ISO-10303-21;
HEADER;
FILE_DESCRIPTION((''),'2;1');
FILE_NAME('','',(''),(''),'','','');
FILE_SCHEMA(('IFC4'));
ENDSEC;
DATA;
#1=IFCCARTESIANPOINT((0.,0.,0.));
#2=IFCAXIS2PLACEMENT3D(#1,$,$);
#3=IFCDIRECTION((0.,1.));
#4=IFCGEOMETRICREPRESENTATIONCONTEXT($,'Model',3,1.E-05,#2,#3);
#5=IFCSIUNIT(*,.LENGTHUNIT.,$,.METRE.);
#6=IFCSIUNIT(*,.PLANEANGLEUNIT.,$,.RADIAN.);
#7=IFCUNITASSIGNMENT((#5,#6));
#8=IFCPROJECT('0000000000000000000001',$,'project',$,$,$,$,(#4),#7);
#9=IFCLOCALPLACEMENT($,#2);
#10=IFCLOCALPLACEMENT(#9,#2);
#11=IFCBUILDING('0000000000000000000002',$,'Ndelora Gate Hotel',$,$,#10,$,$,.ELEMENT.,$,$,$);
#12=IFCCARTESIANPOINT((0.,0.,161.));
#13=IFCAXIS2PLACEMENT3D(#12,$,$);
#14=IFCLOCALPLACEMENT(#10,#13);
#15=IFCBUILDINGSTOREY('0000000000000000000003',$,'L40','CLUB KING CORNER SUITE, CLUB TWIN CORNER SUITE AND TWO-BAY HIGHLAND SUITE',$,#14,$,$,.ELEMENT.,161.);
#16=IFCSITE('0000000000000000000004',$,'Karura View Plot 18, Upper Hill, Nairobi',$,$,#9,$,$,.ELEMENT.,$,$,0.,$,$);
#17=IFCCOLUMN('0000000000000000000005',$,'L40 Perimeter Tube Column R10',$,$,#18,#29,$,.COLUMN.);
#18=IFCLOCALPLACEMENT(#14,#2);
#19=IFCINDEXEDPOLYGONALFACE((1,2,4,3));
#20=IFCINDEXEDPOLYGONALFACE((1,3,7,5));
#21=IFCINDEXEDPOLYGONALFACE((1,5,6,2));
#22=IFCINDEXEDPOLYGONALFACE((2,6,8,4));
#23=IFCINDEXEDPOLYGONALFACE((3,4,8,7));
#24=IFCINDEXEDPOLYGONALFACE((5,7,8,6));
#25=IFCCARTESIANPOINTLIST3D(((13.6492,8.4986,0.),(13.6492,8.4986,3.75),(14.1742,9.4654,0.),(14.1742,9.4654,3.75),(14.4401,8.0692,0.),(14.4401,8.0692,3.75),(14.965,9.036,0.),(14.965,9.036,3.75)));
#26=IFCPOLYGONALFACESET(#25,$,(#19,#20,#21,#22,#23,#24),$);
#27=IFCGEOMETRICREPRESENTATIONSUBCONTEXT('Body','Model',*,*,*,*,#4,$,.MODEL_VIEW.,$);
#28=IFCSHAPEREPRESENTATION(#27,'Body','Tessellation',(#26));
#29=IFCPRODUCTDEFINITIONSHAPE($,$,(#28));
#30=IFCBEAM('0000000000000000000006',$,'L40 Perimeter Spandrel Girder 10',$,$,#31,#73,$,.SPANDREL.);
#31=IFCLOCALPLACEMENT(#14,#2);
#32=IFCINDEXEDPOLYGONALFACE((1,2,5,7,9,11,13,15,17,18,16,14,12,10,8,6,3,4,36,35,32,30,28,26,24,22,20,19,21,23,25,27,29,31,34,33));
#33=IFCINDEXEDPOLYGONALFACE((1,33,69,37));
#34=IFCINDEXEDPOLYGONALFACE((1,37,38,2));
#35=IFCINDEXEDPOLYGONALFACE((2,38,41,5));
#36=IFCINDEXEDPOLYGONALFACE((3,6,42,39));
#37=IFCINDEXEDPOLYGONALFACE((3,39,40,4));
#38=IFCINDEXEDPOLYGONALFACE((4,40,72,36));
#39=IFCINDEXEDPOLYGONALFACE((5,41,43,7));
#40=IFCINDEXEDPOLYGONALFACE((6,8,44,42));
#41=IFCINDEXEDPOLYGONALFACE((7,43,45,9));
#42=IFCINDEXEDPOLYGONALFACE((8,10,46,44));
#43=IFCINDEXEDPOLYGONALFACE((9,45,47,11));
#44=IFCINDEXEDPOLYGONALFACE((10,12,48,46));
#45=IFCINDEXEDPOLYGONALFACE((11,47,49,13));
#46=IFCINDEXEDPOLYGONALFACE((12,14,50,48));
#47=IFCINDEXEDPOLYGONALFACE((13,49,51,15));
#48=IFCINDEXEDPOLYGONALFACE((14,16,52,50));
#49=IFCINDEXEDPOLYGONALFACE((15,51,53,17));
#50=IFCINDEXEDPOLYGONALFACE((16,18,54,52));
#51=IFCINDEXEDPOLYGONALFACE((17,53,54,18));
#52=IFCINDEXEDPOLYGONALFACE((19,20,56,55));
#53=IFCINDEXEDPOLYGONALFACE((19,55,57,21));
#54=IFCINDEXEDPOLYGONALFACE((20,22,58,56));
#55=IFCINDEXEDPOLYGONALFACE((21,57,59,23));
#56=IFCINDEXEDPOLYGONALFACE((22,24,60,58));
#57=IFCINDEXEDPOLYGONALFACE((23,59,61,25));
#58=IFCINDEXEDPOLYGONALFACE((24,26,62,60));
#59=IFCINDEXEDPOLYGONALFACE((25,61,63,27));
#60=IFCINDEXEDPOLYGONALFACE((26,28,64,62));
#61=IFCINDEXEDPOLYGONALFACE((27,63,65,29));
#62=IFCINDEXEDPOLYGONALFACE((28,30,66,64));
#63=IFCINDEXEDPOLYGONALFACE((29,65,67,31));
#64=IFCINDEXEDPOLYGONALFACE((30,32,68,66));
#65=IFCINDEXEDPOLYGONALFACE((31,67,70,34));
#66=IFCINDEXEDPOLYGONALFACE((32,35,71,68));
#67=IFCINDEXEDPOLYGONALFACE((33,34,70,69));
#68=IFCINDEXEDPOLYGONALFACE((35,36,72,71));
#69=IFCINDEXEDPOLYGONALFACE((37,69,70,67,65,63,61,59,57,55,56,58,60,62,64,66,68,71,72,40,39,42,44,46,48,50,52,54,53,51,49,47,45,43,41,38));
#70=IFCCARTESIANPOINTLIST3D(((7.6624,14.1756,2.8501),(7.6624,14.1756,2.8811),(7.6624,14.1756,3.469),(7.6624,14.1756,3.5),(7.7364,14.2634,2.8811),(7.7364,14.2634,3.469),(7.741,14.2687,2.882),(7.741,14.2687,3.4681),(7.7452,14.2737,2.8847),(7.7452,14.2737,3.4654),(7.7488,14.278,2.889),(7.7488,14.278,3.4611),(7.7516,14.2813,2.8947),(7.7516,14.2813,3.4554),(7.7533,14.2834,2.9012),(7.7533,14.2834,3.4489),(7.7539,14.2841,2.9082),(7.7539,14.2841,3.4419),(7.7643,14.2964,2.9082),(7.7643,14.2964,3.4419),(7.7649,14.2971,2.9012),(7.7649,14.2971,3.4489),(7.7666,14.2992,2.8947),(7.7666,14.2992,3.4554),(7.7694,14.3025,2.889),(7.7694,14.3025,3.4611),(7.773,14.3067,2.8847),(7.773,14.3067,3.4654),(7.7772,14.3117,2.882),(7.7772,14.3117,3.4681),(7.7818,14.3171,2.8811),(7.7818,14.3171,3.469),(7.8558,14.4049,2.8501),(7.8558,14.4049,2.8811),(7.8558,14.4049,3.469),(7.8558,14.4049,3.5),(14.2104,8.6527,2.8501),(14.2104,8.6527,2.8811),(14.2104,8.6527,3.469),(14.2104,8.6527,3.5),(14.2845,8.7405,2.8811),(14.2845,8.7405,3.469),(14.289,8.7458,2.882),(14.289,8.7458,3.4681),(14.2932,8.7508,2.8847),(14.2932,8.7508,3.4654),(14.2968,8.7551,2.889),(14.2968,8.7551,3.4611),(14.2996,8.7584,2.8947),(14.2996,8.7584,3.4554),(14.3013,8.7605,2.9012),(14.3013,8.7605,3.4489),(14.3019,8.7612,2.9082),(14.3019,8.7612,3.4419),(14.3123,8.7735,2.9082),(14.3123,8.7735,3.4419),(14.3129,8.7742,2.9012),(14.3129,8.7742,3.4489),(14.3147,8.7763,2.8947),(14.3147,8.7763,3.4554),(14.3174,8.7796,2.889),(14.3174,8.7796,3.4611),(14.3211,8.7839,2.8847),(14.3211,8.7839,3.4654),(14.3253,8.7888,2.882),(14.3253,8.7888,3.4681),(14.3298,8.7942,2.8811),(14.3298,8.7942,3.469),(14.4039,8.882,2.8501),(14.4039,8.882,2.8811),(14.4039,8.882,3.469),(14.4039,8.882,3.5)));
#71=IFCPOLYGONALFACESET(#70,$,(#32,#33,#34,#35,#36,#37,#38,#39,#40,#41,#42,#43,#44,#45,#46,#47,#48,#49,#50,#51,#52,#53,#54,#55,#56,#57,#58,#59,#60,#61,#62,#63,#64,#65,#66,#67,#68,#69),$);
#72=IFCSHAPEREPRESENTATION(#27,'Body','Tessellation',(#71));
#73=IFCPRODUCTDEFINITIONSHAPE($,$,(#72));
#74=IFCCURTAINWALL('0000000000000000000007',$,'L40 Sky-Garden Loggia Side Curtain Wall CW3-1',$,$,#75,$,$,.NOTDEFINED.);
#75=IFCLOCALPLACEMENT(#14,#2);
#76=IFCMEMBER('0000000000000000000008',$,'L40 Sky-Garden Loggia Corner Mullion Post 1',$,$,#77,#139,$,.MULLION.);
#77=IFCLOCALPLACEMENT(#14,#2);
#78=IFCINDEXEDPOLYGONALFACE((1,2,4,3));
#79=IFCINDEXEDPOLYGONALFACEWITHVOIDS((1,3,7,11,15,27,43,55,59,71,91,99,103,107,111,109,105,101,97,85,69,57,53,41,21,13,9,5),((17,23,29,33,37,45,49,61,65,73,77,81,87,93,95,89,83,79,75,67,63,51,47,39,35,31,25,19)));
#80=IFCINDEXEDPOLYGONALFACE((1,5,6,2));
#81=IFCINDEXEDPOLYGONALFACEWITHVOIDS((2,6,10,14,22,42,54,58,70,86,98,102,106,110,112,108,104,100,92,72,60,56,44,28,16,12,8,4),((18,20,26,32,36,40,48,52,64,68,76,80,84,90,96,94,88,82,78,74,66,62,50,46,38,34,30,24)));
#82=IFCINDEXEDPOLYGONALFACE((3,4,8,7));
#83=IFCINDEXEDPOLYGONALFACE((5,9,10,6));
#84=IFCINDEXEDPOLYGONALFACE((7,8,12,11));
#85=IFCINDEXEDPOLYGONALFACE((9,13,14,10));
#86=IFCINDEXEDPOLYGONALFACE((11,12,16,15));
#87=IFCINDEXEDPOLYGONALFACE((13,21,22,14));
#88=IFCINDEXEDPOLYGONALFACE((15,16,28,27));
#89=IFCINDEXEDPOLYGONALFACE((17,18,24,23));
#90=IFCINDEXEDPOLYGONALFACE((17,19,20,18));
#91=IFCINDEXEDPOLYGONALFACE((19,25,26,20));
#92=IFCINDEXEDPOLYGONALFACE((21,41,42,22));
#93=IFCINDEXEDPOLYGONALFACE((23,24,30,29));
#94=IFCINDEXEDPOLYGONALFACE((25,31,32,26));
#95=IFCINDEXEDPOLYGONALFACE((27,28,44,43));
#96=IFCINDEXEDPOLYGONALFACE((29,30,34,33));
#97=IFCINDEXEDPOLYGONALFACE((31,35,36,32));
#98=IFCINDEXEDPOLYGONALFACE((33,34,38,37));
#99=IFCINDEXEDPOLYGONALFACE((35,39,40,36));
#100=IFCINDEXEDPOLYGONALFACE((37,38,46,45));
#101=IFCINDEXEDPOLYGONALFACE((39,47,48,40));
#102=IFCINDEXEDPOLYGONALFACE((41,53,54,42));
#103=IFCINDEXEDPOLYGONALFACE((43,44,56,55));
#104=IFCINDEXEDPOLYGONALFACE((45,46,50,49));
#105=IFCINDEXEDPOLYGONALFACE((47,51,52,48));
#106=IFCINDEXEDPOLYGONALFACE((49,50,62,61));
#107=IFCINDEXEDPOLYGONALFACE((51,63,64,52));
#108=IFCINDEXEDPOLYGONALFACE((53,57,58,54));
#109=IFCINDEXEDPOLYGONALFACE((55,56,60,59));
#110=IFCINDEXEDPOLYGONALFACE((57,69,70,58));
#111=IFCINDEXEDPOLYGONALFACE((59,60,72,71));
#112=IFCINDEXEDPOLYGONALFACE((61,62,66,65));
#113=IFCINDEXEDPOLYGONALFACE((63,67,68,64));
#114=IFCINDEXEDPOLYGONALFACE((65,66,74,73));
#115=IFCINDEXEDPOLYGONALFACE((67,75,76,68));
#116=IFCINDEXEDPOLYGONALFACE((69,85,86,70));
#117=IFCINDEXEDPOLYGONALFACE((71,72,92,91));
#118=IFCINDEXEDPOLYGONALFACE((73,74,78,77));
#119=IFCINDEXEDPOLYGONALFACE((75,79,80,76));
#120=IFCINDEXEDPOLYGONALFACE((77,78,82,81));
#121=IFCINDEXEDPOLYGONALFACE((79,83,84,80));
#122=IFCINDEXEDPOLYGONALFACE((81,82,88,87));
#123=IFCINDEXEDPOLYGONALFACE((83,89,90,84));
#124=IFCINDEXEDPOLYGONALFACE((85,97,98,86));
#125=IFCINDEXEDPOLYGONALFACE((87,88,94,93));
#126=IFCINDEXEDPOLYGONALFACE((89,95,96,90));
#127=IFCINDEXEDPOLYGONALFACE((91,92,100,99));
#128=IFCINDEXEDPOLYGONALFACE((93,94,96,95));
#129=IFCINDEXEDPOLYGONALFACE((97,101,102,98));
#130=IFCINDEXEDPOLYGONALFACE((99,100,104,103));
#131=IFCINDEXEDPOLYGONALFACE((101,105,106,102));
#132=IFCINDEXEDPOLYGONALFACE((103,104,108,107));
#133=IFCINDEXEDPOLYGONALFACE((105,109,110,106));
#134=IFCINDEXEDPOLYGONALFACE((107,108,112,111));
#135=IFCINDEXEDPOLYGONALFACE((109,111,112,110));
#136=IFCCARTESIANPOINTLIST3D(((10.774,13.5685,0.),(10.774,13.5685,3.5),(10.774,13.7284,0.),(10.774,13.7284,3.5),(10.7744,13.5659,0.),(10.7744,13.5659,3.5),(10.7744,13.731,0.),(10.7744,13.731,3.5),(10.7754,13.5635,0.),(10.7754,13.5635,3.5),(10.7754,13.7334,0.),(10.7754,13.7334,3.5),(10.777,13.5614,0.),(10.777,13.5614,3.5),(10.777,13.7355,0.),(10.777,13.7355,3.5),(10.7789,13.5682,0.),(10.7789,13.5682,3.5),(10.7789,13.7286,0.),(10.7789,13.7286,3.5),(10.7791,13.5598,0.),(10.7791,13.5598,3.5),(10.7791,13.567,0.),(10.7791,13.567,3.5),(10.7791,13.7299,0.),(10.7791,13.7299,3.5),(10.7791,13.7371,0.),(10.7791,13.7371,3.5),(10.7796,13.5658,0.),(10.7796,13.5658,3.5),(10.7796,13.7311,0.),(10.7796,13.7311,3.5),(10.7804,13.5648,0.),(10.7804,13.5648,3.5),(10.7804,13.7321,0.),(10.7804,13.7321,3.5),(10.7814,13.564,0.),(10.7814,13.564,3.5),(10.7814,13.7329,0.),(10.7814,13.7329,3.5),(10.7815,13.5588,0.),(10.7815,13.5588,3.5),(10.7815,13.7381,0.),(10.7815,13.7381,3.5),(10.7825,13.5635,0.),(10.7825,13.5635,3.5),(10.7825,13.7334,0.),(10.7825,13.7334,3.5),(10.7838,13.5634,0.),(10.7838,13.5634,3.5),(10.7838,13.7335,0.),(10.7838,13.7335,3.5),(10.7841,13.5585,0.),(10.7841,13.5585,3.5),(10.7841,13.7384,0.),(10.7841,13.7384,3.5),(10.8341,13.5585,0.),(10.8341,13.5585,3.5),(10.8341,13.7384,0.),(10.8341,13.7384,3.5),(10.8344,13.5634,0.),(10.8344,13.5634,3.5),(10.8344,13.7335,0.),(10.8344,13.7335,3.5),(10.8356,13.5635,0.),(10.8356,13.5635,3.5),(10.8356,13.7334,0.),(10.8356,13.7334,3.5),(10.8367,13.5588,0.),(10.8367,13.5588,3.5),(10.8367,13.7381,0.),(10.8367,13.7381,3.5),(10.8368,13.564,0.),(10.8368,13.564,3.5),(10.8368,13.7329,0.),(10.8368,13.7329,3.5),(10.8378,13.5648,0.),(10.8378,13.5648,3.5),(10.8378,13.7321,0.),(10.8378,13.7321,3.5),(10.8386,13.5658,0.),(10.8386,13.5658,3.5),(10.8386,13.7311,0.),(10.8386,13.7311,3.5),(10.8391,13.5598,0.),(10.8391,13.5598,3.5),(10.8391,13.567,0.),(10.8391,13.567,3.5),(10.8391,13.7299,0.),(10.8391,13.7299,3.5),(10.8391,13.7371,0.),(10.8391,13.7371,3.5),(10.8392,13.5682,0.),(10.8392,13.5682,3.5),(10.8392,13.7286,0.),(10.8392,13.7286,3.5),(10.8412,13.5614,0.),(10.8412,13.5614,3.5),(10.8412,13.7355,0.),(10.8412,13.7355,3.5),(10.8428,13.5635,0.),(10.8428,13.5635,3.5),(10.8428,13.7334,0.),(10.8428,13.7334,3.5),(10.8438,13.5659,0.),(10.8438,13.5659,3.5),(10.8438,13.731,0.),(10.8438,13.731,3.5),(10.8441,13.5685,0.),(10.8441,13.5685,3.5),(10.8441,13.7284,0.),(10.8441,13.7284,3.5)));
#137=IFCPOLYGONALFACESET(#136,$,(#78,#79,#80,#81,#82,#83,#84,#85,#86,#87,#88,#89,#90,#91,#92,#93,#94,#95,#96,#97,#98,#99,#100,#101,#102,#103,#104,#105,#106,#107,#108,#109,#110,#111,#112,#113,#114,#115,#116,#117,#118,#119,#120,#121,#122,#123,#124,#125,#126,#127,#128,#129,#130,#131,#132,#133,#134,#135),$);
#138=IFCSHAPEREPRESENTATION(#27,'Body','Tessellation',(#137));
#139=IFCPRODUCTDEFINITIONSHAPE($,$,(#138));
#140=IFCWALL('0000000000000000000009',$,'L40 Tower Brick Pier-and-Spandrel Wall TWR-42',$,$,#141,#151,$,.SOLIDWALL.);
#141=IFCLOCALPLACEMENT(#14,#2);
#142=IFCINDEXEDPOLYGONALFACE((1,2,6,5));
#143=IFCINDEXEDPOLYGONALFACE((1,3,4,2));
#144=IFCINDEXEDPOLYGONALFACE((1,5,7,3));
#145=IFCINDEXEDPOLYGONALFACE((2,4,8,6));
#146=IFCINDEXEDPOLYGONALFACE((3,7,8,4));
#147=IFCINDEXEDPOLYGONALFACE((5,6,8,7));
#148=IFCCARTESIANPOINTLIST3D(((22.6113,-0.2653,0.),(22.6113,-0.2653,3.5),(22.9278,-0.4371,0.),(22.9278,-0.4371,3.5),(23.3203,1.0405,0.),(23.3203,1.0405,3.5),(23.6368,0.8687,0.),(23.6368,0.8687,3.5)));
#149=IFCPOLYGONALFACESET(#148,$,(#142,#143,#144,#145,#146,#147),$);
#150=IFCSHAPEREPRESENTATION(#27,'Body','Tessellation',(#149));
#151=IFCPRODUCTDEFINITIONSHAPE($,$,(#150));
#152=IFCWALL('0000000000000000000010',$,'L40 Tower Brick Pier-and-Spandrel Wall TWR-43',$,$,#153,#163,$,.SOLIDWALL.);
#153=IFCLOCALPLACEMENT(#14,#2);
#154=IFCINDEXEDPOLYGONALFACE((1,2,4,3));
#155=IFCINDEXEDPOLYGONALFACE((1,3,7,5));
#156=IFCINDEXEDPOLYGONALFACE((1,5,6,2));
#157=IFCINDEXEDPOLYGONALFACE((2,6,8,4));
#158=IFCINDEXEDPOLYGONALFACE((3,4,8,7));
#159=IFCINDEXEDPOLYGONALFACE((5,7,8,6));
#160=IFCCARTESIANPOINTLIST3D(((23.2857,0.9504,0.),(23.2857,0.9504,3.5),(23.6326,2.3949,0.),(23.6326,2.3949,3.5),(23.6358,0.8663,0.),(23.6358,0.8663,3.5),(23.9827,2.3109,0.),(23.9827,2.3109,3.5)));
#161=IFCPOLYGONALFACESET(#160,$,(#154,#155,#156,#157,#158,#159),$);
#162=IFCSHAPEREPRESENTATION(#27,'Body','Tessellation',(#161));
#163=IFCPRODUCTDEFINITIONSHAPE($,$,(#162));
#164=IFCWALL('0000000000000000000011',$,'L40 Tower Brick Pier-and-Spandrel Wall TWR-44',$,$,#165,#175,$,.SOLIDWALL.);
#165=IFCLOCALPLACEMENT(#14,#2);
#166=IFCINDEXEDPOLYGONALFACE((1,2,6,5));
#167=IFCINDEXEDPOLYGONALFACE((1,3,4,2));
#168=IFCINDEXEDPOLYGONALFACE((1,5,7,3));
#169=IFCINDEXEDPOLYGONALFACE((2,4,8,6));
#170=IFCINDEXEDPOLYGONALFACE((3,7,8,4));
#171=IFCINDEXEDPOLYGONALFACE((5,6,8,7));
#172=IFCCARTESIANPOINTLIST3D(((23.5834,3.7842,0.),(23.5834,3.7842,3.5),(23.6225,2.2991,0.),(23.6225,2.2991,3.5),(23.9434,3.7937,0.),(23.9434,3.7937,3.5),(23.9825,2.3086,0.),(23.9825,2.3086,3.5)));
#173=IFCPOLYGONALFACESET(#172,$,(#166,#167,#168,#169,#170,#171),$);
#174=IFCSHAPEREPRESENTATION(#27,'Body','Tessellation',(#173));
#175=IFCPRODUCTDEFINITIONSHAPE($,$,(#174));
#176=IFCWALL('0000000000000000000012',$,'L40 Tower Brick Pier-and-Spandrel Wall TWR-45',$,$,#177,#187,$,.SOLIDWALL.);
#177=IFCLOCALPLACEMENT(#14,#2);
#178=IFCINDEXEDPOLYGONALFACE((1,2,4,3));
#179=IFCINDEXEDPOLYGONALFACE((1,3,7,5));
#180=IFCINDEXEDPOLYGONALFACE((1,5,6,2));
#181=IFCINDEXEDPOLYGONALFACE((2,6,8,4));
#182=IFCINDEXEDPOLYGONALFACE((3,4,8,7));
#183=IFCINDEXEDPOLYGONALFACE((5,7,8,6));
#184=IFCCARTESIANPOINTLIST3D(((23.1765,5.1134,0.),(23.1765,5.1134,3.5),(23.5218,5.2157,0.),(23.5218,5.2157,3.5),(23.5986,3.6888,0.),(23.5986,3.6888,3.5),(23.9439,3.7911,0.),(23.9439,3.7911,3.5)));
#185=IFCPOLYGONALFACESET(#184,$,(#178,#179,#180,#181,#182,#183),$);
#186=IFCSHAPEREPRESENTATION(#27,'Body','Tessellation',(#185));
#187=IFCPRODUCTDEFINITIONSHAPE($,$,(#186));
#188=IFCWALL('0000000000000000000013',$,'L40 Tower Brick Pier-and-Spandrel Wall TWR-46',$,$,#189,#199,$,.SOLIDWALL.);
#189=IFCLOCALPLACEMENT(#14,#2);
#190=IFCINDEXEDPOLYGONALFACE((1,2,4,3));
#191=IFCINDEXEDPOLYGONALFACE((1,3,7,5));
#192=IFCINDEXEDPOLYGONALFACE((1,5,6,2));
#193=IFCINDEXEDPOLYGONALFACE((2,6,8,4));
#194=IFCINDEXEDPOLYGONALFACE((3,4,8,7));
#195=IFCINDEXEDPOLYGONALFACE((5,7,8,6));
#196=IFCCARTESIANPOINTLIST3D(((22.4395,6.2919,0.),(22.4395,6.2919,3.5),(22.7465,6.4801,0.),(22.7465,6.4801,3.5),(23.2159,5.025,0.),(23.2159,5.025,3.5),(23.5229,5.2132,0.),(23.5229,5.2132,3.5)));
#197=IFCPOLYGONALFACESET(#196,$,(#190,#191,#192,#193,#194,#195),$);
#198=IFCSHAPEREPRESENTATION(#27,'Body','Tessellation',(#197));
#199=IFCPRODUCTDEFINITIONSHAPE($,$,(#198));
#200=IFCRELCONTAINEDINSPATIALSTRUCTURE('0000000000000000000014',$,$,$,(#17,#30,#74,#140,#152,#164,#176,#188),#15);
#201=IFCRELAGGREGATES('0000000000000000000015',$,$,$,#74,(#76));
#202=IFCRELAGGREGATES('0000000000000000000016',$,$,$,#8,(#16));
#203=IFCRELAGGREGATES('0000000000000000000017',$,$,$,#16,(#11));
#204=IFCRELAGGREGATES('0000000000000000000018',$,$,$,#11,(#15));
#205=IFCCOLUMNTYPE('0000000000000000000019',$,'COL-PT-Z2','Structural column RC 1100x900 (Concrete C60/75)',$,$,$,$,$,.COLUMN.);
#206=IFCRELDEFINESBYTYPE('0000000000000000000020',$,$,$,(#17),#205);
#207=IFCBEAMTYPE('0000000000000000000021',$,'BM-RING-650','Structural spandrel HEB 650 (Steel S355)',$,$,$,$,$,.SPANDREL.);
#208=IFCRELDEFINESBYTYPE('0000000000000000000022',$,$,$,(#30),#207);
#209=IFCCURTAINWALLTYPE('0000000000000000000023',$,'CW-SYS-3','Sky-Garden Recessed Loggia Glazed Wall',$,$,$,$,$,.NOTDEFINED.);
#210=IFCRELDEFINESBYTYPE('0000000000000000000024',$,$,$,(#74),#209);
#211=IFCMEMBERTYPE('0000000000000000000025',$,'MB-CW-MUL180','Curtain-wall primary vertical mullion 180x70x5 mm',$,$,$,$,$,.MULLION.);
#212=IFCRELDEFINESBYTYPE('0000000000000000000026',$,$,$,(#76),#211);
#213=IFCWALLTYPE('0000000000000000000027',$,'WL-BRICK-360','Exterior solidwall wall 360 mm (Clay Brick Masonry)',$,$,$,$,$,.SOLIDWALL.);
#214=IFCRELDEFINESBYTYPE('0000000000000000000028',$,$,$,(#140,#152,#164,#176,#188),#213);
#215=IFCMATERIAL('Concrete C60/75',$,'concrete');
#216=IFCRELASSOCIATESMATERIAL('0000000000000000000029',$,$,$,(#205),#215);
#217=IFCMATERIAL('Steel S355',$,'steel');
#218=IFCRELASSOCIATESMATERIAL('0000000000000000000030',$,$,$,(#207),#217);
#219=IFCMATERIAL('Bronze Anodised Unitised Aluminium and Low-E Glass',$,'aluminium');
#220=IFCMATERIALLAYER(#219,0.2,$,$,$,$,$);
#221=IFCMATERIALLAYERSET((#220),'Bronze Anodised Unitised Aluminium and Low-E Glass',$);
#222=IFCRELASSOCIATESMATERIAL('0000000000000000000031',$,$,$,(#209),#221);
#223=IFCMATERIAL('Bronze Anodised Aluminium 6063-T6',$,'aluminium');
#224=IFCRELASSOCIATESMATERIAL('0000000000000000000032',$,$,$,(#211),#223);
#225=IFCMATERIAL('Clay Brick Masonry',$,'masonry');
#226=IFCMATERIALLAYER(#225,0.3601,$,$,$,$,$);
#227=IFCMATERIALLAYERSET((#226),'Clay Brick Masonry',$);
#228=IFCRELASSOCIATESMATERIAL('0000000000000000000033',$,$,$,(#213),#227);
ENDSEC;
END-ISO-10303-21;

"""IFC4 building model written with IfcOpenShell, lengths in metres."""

from ifc_helpers import new_model, si_unit, direction, frame, frame_2d, origin, origin_2d, place, context, subcontext, project, spatial, rectangle, hollow_rectangle, i_section, extrude, material, layer, layer_set, material_profile, profile_set, type_object, element, aggregate, save


model = new_model("IFC4")

# Units and contexts
model_context = context("Model", 3, precision=1e-05, world=origin(), true_north=direction((0.0, 1.0)))
body_context = subcontext(model_context, "Body", "Model", "MODEL_VIEW")
ifc_project = project(units=[si_unit("LENGTHUNIT", "METRE"), si_unit("PLANEANGLEUNIT", "RADIAN")], contexts=[model_context])

# Site, building, storey
site_placement = place(None, origin())
site = spatial("IfcSite", under=ifc_project, at=site_placement, Name="Karura View Plot 18, Upper Hill, Nairobi", CompositionType="ELEMENT", RefElevation=0.0)
building_placement = place(site_placement, origin())
building = spatial("IfcBuilding", under=site, at=building_placement, Name="Ndelora Gate Hotel", CompositionType="ELEMENT")
storey_placement = place(building_placement, frame((0.0, 0.0, 161.0)))
storey = spatial("IfcBuildingStorey", under=building, at=storey_placement, Name="L40", Description="CLUB KING CORNER SUITE, CLUB TWIN CORNER SUITE AND TWO-BAY HIGHLAND SUITE", CompositionType="ELEMENT", Elevation=161.0)

# Column
ifc_material_1 = material(Name="Concrete C60/75", Category="concrete")
ifc_material_profile_1 = material_profile(ifc_material_1, rectangle(XDim=0.8999, YDim=1.1001, at=origin_2d()), Name="RC 1100x900")
ifc_profile_set_1 = profile_set([ifc_material_profile_1], Name="Concrete C60/75")
column_type = type_object("IfcColumnType", Name="COL-PT-Z2", Description="Structural column RC 1100x900 (Concrete C60/75)", PredefinedType="COLUMN", material=ifc_profile_set_1)
column_placement = place(storey_placement, frame((14.3071, 8.7673, 0.0), z_axis=(0.0, 0.0, 1.0), x_axis=(-0.878817, 0.477159, 0.0)))
element("IfcColumn", 1, at=column_placement, inside=storey, type_object=column_type, Name="L40 Perimeter Tube Column R10", PredefinedType="COLUMN", context=body_context, shape_type="SweptSolid", body=[
    extrude(rectangle(XDim=0.8999, YDim=1.1001, at=origin_2d()), origin(), (0.0, 0.0, 1.0), 3.75),
])

# Beam
ifc_material_2 = material(Name="Steel S355", Category="steel")
ifc_material_profile_2 = material_profile(ifc_material_2, i_section(OverallWidth=0.3, OverallDepth=0.6499, WebThickness=0.0161, FlangeThickness=0.031, FilletRadius=0.0271, at=origin_2d()), Name="HEB 650")
ifc_profile_set_2 = profile_set([ifc_material_profile_2], Name="Steel S355")
beam_type = type_object("IfcBeamType", Name="BM-RING-650", Description="Structural spandrel HEB 650 (Steel S355)", PredefinedType="SPANDREL", material=ifc_profile_set_2)
beam_placement = place(storey_placement, frame((14.3071, 8.7673, 3.175), z_axis=(-0.764407, 0.644734, 0.0), x_axis=(-0.644734, -0.764407, 0.0)))
element("IfcBeam", 2, at=beam_placement, inside=storey, type_object=beam_type, Name="L40 Perimeter Spandrel Girder 10", PredefinedType="SPANDREL", context=body_context, shape_type="SweptSolid", body=[
    extrude(i_section(OverallWidth=0.3, OverallDepth=0.6499, WebThickness=0.0161, FlangeThickness=0.031, FilletRadius=0.0271, at=origin_2d()), origin(), (0.0, 0.0, 1.0), 8.5662),
])

# Curtain wall, member
ifc_material_3 = material(Name="Bronze Anodised Unitised Aluminium and Low-E Glass", Category="aluminium")
ifc_layer_1 = layer(ifc_material_3, 0.2)
ifc_layer_set_1 = layer_set([ifc_layer_1], Name="Bronze Anodised Unitised Aluminium and Low-E Glass")
curtain_wall_type = type_object("IfcCurtainWallType", Name="CW-SYS-3", Description="Sky-Garden Recessed Loggia Glazed Wall", PredefinedType="NOTDEFINED", material=ifc_layer_set_1)
curtain_wall_placement = place(storey_placement, origin())
curtain_wall = element("IfcCurtainWall", 3, at=curtain_wall_placement, inside=storey, type_object=curtain_wall_type, Name="L40 Sky-Garden Loggia Side Curtain Wall CW3-1", PredefinedType="NOTDEFINED")
ifc_material_4 = material(Name="Bronze Anodised Aluminium 6063-T6", Category="aluminium")
ifc_material_profile_3 = material_profile(ifc_material_4, hollow_rectangle(XDim=0.0701, YDim=0.1799, WallThickness=0.0049, InnerFilletRadius=0.0049, OuterFilletRadius=0.01, at=origin_2d()), Name="ALU 180x70x5")
ifc_profile_set_3 = profile_set([ifc_material_profile_3], Name="Bronze Anodised Aluminium 6063-T6")
member_type = type_object("IfcMemberType", Name="MB-CW-MUL180", Description="Curtain-wall primary vertical mullion 180x70x5 mm", PredefinedType="MULLION", material=ifc_profile_set_3)
member_placement = place(storey_placement, frame((10.8091, 13.6484, 0.0), z_axis=(0.0, 0.0, 1.0), x_axis=(1.0, 0.0, 0.0)))
member = element("IfcMember", 4, at=member_placement, type_object=member_type, Name="L40 Sky-Garden Loggia Corner Mullion Post 1", PredefinedType="MULLION", context=body_context, shape_type="SweptSolid", body=[
    extrude(hollow_rectangle(XDim=0.0701, YDim=0.1799, WallThickness=0.0049, InnerFilletRadius=0.0049, OuterFilletRadius=0.01, at=origin_2d()), origin(), (0.0, 0.0, 1.0), 3.5),
])
aggregate(curtain_wall, [member])

# Walls
ifc_material_5 = material(Name="Clay Brick Masonry", Category="masonry")
ifc_layer_2 = layer(ifc_material_5, 0.3601)
ifc_layer_set_2 = layer_set([ifc_layer_2], Name="Clay Brick Masonry")
wall_type_1 = type_object("IfcWallType", Name="WL-BRICK-360", Description="Exterior solidwall wall 360 mm (Clay Brick Masonry)", PredefinedType="SOLIDWALL", material=ifc_layer_set_2)
wall_1_placement = place(storey_placement, frame((23.4785, 0.9546, 0.0), z_axis=(0.0, 0.0, 1.0), x_axis=(-0.477124, -0.878836, 0.0)))
element("IfcWall", 5, at=wall_1_placement, inside=storey, type_object=wall_type_1, Name="L40 Tower Brick Pier-and-Spandrel Wall TWR-42", PredefinedType="SOLIDWALL", context=body_context, shape_type="SweptSolid", body=[
    extrude(rectangle(XDim=1.4858, YDim=0.3601, at=frame_2d((0.7429, 0.0))), origin(), (0.0, 0.0, 1.0), 3.5),
])
for number, where, z_axis, x_axis, name in (
    (6, (23.8076, 2.3528, 0.0), (0.0, 0.0, 1.0), (-0.233516, -0.972353, 0.0), "L40 Tower Brick Pier-and-Spandrel Wall TWR-43"),
    (7, (23.7634, 3.7888, 0.0), (0.0, 0.0, 1.0), (0.026294, -0.999654, 0.0), "L40 Tower Brick Pier-and-Spandrel Wall TWR-44"),
):
    element("IfcWall", number, at=place(storey_placement, frame(where, z_axis=z_axis, x_axis=x_axis)), inside=storey, type_object=wall_type_1, Name=name, PredefinedType="SOLIDWALL", context=body_context, shape_type="SweptSolid", body=[
        extrude(rectangle(XDim=1.4856, YDim=0.3601, at=frame_2d((0.7427, 0.0))), origin(), (0.0, 0.0, 1.0), 3.5),
    ])
for number, where, z_axis, x_axis, name in (
    (8, (23.3491, 5.1646, 0.0), (0.0, 0.0, 1.0), (0.284105, -0.958793, 0.0), "L40 Tower Brick Pier-and-Spandrel Wall TWR-45"),
    (9, (22.593, 6.386, 0.0), (0.0, 0.0, 1.0), (0.52252, -0.852627, 0.0), "L40 Tower Brick Pier-and-Spandrel Wall TWR-46"),
):
    element("IfcWall", number, at=place(storey_placement, frame(where, z_axis=z_axis, x_axis=x_axis)), inside=storey, type_object=wall_type_1, Name=name, PredefinedType="SOLIDWALL", context=body_context, shape_type="SweptSolid", body=[
        extrude(rectangle(XDim=1.4858, YDim=0.3601, at=frame_2d((0.7429, 0.0))), origin(), (0.0, 0.0, 1.0), 3.5),
    ])

save(model, "model.ifc")
